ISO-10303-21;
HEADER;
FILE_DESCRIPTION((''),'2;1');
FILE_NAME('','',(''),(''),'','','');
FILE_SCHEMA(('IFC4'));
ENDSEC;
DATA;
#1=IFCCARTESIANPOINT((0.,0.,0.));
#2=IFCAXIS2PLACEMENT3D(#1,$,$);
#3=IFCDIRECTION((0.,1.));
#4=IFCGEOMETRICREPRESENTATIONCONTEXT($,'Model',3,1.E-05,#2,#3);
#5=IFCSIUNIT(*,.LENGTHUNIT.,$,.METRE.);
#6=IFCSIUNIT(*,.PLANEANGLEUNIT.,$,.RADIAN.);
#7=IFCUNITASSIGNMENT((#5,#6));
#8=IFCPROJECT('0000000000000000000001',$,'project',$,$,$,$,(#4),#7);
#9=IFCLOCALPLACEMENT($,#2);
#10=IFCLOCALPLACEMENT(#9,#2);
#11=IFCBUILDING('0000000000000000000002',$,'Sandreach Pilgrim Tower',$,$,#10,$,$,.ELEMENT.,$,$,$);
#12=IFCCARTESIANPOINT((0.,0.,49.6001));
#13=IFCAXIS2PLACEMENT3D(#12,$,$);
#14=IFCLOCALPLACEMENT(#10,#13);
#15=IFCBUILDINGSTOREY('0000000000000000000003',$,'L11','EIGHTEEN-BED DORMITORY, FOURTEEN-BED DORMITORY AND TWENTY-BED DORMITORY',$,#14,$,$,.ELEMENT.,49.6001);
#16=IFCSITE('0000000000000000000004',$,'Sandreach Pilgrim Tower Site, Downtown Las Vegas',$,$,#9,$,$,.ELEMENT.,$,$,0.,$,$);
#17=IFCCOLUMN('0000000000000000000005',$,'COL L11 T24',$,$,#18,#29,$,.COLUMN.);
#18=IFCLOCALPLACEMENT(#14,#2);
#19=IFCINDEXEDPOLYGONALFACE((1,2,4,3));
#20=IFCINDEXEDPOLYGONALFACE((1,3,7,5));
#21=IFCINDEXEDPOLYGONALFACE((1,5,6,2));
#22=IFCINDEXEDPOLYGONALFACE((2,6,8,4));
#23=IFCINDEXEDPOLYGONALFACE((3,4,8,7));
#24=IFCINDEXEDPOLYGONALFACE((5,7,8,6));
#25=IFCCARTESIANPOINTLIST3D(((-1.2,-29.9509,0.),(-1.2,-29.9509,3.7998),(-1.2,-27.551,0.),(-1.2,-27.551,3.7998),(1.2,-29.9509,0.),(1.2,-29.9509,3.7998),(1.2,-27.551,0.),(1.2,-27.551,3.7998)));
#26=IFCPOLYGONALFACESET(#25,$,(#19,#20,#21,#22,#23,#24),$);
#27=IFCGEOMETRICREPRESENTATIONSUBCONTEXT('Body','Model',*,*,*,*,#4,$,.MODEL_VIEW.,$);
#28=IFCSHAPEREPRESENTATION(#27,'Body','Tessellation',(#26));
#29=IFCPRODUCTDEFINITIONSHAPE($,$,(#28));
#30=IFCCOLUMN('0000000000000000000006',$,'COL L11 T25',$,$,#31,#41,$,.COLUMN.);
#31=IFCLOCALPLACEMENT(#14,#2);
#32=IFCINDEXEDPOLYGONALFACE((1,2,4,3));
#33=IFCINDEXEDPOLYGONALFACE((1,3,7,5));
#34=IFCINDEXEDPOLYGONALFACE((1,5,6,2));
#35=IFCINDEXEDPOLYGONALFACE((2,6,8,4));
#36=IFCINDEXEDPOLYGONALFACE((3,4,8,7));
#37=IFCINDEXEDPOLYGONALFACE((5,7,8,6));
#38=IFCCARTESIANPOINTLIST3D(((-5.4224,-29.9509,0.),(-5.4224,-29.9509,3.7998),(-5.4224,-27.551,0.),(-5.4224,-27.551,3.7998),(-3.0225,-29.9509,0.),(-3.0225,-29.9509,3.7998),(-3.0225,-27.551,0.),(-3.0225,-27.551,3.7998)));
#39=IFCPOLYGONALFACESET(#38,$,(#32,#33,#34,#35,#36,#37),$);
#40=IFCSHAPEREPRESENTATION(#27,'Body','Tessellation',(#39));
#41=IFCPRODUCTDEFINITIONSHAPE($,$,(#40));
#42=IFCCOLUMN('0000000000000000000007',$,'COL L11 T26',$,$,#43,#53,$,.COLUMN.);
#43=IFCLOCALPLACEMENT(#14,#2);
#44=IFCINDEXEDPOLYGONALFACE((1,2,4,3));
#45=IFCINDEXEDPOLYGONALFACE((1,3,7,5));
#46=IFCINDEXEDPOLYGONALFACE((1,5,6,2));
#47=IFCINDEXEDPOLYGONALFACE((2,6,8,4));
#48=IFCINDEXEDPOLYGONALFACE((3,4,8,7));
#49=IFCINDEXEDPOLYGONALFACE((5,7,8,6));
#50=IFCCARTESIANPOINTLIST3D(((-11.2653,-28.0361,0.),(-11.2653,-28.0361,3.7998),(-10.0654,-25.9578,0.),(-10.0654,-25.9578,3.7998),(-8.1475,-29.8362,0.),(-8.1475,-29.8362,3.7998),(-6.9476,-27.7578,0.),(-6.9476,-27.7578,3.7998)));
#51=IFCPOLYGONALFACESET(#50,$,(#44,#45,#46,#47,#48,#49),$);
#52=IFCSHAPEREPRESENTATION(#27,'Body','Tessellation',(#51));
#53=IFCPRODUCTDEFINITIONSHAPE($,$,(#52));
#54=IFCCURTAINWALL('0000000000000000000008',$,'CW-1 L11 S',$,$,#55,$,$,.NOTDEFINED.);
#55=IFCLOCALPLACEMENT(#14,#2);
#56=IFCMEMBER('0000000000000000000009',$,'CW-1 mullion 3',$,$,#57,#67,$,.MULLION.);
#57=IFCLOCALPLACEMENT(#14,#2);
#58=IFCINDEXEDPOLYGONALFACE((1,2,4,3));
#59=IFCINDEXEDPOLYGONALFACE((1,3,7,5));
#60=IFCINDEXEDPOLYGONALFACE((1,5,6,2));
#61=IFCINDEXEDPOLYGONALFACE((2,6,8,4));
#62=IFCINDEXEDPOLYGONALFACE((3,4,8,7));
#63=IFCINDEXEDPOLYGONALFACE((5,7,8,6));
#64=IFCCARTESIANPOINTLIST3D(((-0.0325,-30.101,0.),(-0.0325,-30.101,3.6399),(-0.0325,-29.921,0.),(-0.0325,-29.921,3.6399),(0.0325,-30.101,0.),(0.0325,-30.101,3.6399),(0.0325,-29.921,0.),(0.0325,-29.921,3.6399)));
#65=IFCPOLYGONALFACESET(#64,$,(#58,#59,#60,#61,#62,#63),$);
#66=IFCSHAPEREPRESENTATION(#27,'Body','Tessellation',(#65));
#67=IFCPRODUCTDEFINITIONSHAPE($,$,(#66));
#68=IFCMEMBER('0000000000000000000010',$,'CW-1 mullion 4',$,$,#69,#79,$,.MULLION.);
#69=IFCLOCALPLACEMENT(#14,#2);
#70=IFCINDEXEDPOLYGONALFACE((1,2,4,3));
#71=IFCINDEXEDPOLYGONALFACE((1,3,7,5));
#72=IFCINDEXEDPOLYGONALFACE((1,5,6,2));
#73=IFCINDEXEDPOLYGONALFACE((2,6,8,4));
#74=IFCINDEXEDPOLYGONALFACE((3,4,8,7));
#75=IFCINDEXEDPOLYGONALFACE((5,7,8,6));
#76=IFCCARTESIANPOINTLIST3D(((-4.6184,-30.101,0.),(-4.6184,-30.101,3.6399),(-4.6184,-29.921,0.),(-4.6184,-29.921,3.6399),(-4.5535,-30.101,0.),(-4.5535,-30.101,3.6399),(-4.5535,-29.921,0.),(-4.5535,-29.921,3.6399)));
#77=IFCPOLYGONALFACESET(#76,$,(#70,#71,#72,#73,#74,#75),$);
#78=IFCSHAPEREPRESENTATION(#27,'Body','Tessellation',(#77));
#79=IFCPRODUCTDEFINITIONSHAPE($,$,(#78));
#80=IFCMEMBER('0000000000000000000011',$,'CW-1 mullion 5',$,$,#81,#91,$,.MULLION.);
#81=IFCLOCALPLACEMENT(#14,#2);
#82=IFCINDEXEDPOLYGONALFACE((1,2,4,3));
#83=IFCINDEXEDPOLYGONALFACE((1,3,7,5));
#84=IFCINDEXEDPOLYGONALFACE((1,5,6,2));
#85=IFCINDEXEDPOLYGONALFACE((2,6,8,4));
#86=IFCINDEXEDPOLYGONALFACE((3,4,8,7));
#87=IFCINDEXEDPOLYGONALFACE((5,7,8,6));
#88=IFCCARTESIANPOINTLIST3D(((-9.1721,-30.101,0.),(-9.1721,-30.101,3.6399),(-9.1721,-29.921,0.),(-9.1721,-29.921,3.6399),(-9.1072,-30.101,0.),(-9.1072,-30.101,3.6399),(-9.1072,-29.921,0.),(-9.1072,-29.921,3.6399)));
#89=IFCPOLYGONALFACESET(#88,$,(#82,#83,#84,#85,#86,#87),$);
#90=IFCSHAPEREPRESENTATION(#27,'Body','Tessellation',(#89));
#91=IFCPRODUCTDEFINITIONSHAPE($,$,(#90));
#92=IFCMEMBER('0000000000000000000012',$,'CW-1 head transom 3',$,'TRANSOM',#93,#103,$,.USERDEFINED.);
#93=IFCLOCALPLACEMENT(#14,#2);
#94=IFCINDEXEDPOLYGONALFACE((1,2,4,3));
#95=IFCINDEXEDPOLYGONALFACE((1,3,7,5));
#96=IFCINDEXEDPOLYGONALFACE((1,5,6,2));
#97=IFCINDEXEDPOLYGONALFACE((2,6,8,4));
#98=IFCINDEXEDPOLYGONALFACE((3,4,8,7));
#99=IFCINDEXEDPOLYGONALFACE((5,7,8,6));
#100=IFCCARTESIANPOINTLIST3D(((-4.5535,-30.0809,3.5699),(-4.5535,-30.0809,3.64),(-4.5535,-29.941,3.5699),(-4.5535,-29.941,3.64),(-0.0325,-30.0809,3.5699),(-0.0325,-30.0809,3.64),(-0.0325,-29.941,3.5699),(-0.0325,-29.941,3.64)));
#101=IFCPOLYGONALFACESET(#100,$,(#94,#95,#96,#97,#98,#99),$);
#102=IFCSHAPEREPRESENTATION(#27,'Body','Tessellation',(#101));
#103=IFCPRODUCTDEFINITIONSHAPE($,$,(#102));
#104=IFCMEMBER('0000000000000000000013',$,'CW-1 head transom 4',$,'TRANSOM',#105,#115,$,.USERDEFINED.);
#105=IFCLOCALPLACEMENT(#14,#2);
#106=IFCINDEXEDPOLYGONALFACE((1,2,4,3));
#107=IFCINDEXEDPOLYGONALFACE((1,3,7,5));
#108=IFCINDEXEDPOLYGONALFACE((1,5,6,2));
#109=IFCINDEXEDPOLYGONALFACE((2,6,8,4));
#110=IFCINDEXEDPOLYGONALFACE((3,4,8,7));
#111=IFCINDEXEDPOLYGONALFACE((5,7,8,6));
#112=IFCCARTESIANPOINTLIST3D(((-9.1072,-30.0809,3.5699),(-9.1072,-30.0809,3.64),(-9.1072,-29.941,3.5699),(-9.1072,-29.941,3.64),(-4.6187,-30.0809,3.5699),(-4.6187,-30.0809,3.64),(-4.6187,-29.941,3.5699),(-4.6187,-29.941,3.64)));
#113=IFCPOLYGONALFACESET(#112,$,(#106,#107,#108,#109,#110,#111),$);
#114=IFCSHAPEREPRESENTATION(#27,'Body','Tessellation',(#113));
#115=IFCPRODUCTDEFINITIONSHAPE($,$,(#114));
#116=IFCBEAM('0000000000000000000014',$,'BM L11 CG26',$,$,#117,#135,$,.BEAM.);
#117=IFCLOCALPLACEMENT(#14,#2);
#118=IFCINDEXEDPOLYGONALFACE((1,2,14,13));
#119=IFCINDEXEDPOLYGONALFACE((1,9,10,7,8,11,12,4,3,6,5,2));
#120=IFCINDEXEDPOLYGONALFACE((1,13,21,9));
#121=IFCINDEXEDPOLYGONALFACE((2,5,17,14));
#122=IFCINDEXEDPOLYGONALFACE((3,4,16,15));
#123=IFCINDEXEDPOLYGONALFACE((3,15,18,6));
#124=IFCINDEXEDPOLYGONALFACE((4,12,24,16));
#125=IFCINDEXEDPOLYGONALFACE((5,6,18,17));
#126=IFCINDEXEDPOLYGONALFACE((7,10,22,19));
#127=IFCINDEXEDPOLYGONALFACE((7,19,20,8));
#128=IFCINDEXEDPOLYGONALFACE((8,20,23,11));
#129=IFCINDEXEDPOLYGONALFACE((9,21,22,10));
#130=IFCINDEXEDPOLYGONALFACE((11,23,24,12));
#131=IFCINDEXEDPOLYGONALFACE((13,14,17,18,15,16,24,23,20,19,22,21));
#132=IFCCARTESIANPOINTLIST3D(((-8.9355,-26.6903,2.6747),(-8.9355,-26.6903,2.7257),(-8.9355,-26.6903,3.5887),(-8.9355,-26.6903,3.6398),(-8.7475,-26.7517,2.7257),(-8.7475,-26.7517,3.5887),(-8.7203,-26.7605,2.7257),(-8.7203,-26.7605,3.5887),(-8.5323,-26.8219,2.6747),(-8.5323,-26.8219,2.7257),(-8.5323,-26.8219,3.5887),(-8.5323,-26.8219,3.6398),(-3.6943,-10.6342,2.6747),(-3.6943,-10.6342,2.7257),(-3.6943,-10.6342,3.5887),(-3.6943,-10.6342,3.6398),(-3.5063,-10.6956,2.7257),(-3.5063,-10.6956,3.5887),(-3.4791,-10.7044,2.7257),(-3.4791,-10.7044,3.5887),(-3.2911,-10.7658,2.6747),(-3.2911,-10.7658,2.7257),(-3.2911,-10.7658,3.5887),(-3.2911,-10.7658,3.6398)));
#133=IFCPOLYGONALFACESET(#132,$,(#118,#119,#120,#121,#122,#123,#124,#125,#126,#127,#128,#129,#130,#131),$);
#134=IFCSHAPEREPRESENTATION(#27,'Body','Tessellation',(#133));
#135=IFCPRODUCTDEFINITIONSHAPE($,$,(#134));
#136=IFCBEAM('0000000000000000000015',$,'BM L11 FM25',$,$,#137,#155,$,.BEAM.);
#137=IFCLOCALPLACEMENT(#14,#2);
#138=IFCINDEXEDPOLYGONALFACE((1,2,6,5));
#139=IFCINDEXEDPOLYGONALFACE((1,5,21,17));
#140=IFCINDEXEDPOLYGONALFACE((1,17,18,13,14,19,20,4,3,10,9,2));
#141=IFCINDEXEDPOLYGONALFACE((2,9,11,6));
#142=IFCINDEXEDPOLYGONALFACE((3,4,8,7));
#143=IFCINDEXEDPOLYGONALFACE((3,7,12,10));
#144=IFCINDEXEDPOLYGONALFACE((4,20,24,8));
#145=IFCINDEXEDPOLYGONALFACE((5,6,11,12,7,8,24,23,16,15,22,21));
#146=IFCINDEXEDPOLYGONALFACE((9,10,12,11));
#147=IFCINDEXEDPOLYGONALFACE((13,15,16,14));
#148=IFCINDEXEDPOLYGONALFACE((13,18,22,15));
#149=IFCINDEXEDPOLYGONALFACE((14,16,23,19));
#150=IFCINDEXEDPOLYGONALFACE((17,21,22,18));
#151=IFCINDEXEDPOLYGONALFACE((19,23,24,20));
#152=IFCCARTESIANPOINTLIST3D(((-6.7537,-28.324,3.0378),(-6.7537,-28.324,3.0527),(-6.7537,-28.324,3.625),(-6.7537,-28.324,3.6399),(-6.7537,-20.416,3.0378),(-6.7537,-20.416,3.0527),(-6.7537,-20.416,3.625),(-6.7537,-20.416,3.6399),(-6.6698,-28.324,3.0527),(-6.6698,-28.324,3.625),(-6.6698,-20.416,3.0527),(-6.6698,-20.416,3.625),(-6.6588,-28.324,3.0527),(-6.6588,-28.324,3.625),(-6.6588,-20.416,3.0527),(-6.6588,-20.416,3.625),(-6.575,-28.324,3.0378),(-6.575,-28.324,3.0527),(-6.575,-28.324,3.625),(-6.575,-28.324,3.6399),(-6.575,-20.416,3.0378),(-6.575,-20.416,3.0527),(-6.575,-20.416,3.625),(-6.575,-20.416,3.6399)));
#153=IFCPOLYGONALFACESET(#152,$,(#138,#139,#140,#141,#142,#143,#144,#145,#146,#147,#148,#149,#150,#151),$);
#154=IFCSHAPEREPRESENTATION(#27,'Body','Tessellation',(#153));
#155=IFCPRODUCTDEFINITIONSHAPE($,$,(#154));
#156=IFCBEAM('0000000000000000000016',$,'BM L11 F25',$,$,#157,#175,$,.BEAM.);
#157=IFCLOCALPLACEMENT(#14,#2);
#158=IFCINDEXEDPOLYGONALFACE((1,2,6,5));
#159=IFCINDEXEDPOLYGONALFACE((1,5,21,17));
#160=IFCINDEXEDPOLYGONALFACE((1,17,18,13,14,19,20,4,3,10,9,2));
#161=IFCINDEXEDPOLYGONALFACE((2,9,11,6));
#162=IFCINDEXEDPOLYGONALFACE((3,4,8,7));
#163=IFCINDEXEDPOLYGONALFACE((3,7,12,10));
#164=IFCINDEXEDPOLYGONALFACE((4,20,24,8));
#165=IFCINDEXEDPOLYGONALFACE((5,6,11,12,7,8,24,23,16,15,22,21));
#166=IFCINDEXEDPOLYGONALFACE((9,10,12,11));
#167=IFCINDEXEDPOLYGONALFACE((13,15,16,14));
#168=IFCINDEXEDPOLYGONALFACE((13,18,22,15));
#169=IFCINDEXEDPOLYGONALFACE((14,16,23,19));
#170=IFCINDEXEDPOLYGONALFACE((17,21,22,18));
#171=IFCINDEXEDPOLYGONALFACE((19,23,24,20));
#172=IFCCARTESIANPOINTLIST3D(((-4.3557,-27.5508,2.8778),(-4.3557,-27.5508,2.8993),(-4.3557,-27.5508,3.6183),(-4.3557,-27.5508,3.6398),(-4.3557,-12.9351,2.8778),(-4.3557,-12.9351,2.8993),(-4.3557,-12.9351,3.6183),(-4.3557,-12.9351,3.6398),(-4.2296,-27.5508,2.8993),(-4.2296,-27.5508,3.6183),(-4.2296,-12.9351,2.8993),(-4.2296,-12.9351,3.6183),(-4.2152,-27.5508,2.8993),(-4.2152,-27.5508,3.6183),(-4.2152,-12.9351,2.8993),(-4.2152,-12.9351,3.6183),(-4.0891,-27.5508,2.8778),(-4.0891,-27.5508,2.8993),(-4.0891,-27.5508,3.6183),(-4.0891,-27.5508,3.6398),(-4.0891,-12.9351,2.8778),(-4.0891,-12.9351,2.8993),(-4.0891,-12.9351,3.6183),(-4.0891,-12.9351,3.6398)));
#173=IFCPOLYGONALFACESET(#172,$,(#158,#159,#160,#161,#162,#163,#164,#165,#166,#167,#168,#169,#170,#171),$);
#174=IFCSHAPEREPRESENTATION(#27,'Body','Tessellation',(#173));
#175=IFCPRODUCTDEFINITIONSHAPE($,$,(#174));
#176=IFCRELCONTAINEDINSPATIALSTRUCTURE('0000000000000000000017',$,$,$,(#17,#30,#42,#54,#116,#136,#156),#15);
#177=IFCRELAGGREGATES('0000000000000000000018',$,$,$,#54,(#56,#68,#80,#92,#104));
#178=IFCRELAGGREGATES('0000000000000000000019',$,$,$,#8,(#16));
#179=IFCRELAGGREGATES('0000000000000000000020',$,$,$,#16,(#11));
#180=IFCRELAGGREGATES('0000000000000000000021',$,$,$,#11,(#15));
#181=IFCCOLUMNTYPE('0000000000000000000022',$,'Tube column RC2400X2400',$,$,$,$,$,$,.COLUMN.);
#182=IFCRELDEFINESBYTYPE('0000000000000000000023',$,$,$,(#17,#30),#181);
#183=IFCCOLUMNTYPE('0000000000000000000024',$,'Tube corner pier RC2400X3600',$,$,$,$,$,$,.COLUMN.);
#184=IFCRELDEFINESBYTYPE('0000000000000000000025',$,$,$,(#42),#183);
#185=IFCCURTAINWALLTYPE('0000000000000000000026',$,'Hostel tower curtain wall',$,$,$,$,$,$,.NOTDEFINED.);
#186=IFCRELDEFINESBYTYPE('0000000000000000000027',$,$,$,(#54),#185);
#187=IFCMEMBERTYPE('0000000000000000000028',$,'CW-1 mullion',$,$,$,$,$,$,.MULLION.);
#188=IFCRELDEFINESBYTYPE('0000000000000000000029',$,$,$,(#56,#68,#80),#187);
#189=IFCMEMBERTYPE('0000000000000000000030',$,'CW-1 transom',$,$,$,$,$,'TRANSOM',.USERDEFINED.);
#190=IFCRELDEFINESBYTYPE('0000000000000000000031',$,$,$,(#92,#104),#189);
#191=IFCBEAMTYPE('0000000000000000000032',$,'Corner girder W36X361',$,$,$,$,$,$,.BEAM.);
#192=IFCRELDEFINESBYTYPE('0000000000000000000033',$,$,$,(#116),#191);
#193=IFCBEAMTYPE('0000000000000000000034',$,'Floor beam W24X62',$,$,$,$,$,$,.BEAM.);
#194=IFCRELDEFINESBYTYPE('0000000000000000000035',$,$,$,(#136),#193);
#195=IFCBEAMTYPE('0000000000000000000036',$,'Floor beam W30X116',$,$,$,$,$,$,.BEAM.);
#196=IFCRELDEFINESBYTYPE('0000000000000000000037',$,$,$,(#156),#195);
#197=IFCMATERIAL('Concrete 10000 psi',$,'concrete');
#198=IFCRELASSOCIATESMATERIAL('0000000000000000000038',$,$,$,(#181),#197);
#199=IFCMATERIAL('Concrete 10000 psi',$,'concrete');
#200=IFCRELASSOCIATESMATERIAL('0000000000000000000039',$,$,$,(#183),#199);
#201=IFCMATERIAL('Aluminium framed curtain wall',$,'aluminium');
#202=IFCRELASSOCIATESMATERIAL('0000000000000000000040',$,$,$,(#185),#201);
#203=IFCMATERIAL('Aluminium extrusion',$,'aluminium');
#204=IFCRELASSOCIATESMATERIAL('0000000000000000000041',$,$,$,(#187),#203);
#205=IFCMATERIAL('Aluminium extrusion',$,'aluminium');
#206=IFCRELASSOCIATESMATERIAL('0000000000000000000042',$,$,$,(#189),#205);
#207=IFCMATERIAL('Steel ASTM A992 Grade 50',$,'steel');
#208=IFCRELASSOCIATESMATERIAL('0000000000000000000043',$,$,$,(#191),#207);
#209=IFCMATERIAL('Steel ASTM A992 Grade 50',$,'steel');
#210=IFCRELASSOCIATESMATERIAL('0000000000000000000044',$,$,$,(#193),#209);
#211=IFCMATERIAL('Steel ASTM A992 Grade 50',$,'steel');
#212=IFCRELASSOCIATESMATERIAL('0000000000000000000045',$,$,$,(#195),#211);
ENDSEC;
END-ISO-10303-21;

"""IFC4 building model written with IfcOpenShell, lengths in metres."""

from ifc_helpers import new_model, si_unit, direction, frame, origin, origin_2d, place, context, subcontext, project, spatial, rectangle, i_section, extrude, material, material_profile, profile_set, type_object, element, aggregate, save


model = new_model("IFC4")

# Units and contexts
model_context = context("Model", 3, precision=1e-05, world=origin(), true_north=direction((0.0, 1.0)))
body_context = subcontext(model_context, "Body", "Model", "MODEL_VIEW")
ifc_project = project(units=[si_unit("LENGTHUNIT", "METRE"), si_unit("PLANEANGLEUNIT", "RADIAN")], contexts=[model_context])

# Site, building, storey
site_placement = place(None, origin())
site = spatial("IfcSite", under=ifc_project, at=site_placement, Name="Sandreach Pilgrim Tower Site, Downtown Las Vegas", CompositionType="ELEMENT", RefElevation=0.0)
building_placement = place(site_placement, origin())
building = spatial("IfcBuilding", under=site, at=building_placement, Name="Sandreach Pilgrim Tower", CompositionType="ELEMENT")
storey_placement = place(building_placement, frame((0.0, 0.0, 49.6001)))
storey = spatial("IfcBuildingStorey", under=building, at=storey_placement, Name="L11", Description="EIGHTEEN-BED DORMITORY, FOURTEEN-BED DORMITORY AND TWENTY-BED DORMITORY", CompositionType="ELEMENT", Elevation=49.6001)

# Columns
ifc_material_1 = material(Name="Concrete 10000 psi", Category="concrete")
ifc_material_profile_1 = material_profile(ifc_material_1, rectangle(XDim=2.3999, YDim=2.3999, at=origin_2d()), Name="RC2400X2400")
ifc_profile_set_1 = profile_set([ifc_material_profile_1], Name="Concrete 10000 psi")
column_type_1 = type_object("IfcColumnType", Name="Tube column RC2400X2400", PredefinedType="COLUMN", material=ifc_profile_set_1)
for number, where, z_axis, x_axis, name in (
    (1, (0.0, -28.751, 0.0), (0.0, 0.0, 1.0), (0.0, -1.0, 0.0), "COL L11 T24"),
    (2, (-4.2224, -28.751, 0.0), (0.0, 0.0, 1.0), (0.0, -1.0, 0.0), "COL L11 T25"),
):
    element("IfcColumn", number, at=place(storey_placement, frame(where, z_axis=z_axis, x_axis=x_axis)), inside=storey, type_object=column_type_1, Name=name, PredefinedType="COLUMN", context=body_context, shape_type="SweptSolid", body=[
        extrude(rectangle(XDim=2.3999, YDim=2.3999, at=origin_2d()), origin(), (0.0, 0.0, 1.0), 3.7998),
    ])
ifc_material_2 = material(Name="Concrete 10000 psi", Category="concrete")
ifc_material_profile_2 = material_profile(ifc_material_2, rectangle(XDim=2.3999, YDim=3.6001, at=origin_2d()), Name="RC2400X3600")
ifc_profile_set_2 = profile_set([ifc_material_profile_2], Name="Concrete 10000 psi")
column_type_2 = type_object("IfcColumnType", Name="Tube corner pier RC2400X3600", PredefinedType="COLUMN", material=ifc_profile_set_2)
column_placement = place(storey_placement, frame((-9.1064, -27.897, 0.0), z_axis=(0.0, 0.0, 1.0), x_axis=(-0.5, -0.866025, 0.0)))
element("IfcColumn", 3, at=column_placement, inside=storey, type_object=column_type_2, Name="COL L11 T26", PredefinedType="COLUMN", context=body_context, shape_type="SweptSolid", body=[
    extrude(rectangle(XDim=2.3999, YDim=3.6001, at=origin_2d()), origin(), (0.0, 0.0, 1.0), 3.7998),
])

# Curtain wall, members
ifc_material_3 = material(Name="Aluminium framed curtain wall", Category="aluminium")
curtain_wall_type = type_object("IfcCurtainWallType", Name="Hostel tower curtain wall", PredefinedType="NOTDEFINED", material=ifc_material_3)
curtain_wall_placement = place(storey_placement, origin())
curtain_wall = element("IfcCurtainWall", 4, at=curtain_wall_placement, inside=storey, type_object=curtain_wall_type, Name="CW-1 L11 S", PredefinedType="NOTDEFINED")
ifc_material_4 = material(Name="Aluminium extrusion", Category="aluminium")
ifc_material_profile_3 = material_profile(ifc_material_4, rectangle(XDim=0.0649, YDim=0.1799, at=origin_2d()), Name="CW-1M 65X180")
ifc_profile_set_3 = profile_set([ifc_material_profile_3], Name="Aluminium extrusion")
member_type_1 = type_object("IfcMemberType", Name="CW-1 mullion", PredefinedType="MULLION", material=ifc_profile_set_3)
member_1_placement = place(storey_placement, frame((0.0, -30.011, 0.0), z_axis=(0.0, 0.0, 1.0), x_axis=(-1.0, 0.0, 0.0)))
member_1 = element("IfcMember", 5, at=member_1_placement, type_object=member_type_1, Name="CW-1 mullion 3", PredefinedType="MULLION", context=body_context, shape_type="SweptSolid", body=[
    extrude(rectangle(XDim=0.0649, YDim=0.1799, at=origin_2d()), origin(), (0.0, 0.0, 1.0), 3.6399),
])
member_2_placement = place(storey_placement, frame((-4.5859, -30.011, 0.0), z_axis=(0.0, 0.0, 1.0), x_axis=(-1.0, 0.0, 0.0)))
member_2 = element("IfcMember", 6, at=member_2_placement, type_object=member_type_1, Name="CW-1 mullion 4", PredefinedType="MULLION", context=body_context, shape_type="SweptSolid", body=[
    extrude(rectangle(XDim=0.0649, YDim=0.1799, at=origin_2d()), origin(), (0.0, 0.0, 1.0), 3.6399),
])
member_3_placement = place(storey_placement, frame((-9.1396, -30.011, 0.0), z_axis=(0.0, 0.0, 1.0), x_axis=(-1.0, 0.0, 0.0)))
member_3 = element("IfcMember", 7, at=member_3_placement, type_object=member_type_1, Name="CW-1 mullion 5", PredefinedType="MULLION", context=body_context, shape_type="SweptSolid", body=[
    extrude(rectangle(XDim=0.0649, YDim=0.1799, at=origin_2d()), origin(), (0.0, 0.0, 1.0), 3.6399),
])
ifc_material_5 = material(Name="Aluminium extrusion", Category="aluminium")
ifc_material_profile_4 = material_profile(ifc_material_5, rectangle(XDim=0.1399, YDim=0.0701, at=origin_2d()), Name="CW-1T 140X70")
ifc_profile_set_4 = profile_set([ifc_material_profile_4], Name="Aluminium extrusion")
member_type_2 = type_object("IfcMemberType", Name="CW-1 transom", ElementType="TRANSOM", PredefinedType="USERDEFINED", material=ifc_profile_set_4)
member_4_placement = place(storey_placement, frame((-0.0325, -30.011, 3.605), z_axis=(-1.0, 0.0, 0.0), x_axis=(0.0, -1.0, 0.0)))
member_4 = element("IfcMember", 8, at=member_4_placement, type_object=member_type_2, Name="CW-1 head transom 3", ObjectType="TRANSOM", PredefinedType="USERDEFINED", context=body_context, shape_type="SweptSolid", body=[
    extrude(rectangle(XDim=0.1399, YDim=0.0701, at=origin_2d()), origin(), (0.0, 0.0, 1.0), 4.521),
])
member_5_placement = place(storey_placement, frame((-4.6187, -30.011, 3.605), z_axis=(-1.0, 0.0, 0.0), x_axis=(0.0, -1.0, 0.0)))
member_5 = element("IfcMember", 9, at=member_5_placement, type_object=member_type_2, Name="CW-1 head transom 4", ObjectType="TRANSOM", PredefinedType="USERDEFINED", context=body_context, shape_type="SweptSolid", body=[
    extrude(rectangle(XDim=0.1399, YDim=0.0701, at=origin_2d()), origin(), (0.0, 0.0, 1.0), 4.4885),
])

# Beams
ifc_material_6 = material(Name="Steel ASTM A992 Grade 50", Category="steel")
ifc_material_profile_5 = material_profile(ifc_material_6, i_section(OverallWidth=0.4241, OverallDepth=0.9651, WebThickness=0.0286, FlangeThickness=0.051, at=origin_2d()), Name="W36X361")
ifc_profile_set_5 = profile_set([ifc_material_profile_5], Name="Steel ASTM A992 Grade 50")
beam_type_1 = type_object("IfcBeamType", Name="Corner girder W36X361", PredefinedType="BEAM", material=ifc_profile_set_5)
beam_1_placement = place(storey_placement, frame((-8.7339, -26.7561, 3.1572), z_axis=(0.310315, 0.950634, 0.0), x_axis=(-0.950634, 0.310315, 0.0)))
element("IfcBeam", 10, at=beam_1_placement, inside=storey, type_object=beam_type_1, Name="BM L11 CG26", PredefinedType="BEAM", context=body_context, shape_type="SweptSolid", body=[
    extrude(i_section(OverallWidth=0.4241, OverallDepth=0.9651, WebThickness=0.0286, FlangeThickness=0.051, at=origin_2d()), origin(), (0.0, 0.0, 1.0), 16.8899),
])
ifc_material_7 = material(Name="Steel ASTM A992 Grade 50", Category="steel")
ifc_material_profile_6 = material_profile(ifc_material_7, i_section(OverallWidth=0.1787, OverallDepth=0.6021, WebThickness=0.011, FlangeThickness=0.0149, at=origin_2d()), Name="W24X62")
ifc_profile_set_6 = profile_set([ifc_material_profile_6], Name="Steel ASTM A992 Grade 50")
beam_type_2 = type_object("IfcBeamType", Name="Floor beam W24X62", PredefinedType="BEAM", material=ifc_profile_set_6)
beam_2_placement = place(storey_placement, frame((-6.6643, -28.324, 3.3389), z_axis=(0.0, 1.0, 0.0), x_axis=(-1.0, 0.0, 0.0)))
element("IfcBeam", 11, at=beam_2_placement, inside=storey, type_object=beam_type_2, Name="BM L11 FM25", PredefinedType="BEAM", context=body_context, shape_type="SweptSolid", body=[
    extrude(i_section(OverallWidth=0.1787, OverallDepth=0.6021, WebThickness=0.011, FlangeThickness=0.0149, at=origin_2d()), origin(), (0.0, 0.0, 1.0), 7.908),
])
ifc_material_8 = material(Name="Steel ASTM A992 Grade 50", Category="steel")
ifc_material_profile_7 = material_profile(ifc_material_8, i_section(OverallWidth=0.2666, OverallDepth=0.762, WebThickness=0.0144, FlangeThickness=0.0215, at=origin_2d()), Name="W30X116")
ifc_profile_set_7 = profile_set([ifc_material_profile_7], Name="Steel ASTM A992 Grade 50")
beam_type_3 = type_object("IfcBeamType", Name="Floor beam W30X116", PredefinedType="BEAM", material=ifc_profile_set_7)
beam_3_placement = place(storey_placement, frame((-4.2224, -27.5508, 3.2588), z_axis=(0.0, 1.0, 0.0), x_axis=(-1.0, 0.0, 0.0)))
element("IfcBeam", 12, at=beam_3_placement, inside=storey, type_object=beam_type_3, Name="BM L11 F25", PredefinedType="BEAM", context=body_context, shape_type="SweptSolid", body=[
    extrude(i_section(OverallWidth=0.2666, OverallDepth=0.762, WebThickness=0.0144, FlangeThickness=0.0215, at=origin_2d()), origin(), (0.0, 0.0, 1.0), 14.6157),
])

aggregate(curtain_wall, [member_1, member_2, member_3, member_4, member_5])

save(model, "model.ifc")
